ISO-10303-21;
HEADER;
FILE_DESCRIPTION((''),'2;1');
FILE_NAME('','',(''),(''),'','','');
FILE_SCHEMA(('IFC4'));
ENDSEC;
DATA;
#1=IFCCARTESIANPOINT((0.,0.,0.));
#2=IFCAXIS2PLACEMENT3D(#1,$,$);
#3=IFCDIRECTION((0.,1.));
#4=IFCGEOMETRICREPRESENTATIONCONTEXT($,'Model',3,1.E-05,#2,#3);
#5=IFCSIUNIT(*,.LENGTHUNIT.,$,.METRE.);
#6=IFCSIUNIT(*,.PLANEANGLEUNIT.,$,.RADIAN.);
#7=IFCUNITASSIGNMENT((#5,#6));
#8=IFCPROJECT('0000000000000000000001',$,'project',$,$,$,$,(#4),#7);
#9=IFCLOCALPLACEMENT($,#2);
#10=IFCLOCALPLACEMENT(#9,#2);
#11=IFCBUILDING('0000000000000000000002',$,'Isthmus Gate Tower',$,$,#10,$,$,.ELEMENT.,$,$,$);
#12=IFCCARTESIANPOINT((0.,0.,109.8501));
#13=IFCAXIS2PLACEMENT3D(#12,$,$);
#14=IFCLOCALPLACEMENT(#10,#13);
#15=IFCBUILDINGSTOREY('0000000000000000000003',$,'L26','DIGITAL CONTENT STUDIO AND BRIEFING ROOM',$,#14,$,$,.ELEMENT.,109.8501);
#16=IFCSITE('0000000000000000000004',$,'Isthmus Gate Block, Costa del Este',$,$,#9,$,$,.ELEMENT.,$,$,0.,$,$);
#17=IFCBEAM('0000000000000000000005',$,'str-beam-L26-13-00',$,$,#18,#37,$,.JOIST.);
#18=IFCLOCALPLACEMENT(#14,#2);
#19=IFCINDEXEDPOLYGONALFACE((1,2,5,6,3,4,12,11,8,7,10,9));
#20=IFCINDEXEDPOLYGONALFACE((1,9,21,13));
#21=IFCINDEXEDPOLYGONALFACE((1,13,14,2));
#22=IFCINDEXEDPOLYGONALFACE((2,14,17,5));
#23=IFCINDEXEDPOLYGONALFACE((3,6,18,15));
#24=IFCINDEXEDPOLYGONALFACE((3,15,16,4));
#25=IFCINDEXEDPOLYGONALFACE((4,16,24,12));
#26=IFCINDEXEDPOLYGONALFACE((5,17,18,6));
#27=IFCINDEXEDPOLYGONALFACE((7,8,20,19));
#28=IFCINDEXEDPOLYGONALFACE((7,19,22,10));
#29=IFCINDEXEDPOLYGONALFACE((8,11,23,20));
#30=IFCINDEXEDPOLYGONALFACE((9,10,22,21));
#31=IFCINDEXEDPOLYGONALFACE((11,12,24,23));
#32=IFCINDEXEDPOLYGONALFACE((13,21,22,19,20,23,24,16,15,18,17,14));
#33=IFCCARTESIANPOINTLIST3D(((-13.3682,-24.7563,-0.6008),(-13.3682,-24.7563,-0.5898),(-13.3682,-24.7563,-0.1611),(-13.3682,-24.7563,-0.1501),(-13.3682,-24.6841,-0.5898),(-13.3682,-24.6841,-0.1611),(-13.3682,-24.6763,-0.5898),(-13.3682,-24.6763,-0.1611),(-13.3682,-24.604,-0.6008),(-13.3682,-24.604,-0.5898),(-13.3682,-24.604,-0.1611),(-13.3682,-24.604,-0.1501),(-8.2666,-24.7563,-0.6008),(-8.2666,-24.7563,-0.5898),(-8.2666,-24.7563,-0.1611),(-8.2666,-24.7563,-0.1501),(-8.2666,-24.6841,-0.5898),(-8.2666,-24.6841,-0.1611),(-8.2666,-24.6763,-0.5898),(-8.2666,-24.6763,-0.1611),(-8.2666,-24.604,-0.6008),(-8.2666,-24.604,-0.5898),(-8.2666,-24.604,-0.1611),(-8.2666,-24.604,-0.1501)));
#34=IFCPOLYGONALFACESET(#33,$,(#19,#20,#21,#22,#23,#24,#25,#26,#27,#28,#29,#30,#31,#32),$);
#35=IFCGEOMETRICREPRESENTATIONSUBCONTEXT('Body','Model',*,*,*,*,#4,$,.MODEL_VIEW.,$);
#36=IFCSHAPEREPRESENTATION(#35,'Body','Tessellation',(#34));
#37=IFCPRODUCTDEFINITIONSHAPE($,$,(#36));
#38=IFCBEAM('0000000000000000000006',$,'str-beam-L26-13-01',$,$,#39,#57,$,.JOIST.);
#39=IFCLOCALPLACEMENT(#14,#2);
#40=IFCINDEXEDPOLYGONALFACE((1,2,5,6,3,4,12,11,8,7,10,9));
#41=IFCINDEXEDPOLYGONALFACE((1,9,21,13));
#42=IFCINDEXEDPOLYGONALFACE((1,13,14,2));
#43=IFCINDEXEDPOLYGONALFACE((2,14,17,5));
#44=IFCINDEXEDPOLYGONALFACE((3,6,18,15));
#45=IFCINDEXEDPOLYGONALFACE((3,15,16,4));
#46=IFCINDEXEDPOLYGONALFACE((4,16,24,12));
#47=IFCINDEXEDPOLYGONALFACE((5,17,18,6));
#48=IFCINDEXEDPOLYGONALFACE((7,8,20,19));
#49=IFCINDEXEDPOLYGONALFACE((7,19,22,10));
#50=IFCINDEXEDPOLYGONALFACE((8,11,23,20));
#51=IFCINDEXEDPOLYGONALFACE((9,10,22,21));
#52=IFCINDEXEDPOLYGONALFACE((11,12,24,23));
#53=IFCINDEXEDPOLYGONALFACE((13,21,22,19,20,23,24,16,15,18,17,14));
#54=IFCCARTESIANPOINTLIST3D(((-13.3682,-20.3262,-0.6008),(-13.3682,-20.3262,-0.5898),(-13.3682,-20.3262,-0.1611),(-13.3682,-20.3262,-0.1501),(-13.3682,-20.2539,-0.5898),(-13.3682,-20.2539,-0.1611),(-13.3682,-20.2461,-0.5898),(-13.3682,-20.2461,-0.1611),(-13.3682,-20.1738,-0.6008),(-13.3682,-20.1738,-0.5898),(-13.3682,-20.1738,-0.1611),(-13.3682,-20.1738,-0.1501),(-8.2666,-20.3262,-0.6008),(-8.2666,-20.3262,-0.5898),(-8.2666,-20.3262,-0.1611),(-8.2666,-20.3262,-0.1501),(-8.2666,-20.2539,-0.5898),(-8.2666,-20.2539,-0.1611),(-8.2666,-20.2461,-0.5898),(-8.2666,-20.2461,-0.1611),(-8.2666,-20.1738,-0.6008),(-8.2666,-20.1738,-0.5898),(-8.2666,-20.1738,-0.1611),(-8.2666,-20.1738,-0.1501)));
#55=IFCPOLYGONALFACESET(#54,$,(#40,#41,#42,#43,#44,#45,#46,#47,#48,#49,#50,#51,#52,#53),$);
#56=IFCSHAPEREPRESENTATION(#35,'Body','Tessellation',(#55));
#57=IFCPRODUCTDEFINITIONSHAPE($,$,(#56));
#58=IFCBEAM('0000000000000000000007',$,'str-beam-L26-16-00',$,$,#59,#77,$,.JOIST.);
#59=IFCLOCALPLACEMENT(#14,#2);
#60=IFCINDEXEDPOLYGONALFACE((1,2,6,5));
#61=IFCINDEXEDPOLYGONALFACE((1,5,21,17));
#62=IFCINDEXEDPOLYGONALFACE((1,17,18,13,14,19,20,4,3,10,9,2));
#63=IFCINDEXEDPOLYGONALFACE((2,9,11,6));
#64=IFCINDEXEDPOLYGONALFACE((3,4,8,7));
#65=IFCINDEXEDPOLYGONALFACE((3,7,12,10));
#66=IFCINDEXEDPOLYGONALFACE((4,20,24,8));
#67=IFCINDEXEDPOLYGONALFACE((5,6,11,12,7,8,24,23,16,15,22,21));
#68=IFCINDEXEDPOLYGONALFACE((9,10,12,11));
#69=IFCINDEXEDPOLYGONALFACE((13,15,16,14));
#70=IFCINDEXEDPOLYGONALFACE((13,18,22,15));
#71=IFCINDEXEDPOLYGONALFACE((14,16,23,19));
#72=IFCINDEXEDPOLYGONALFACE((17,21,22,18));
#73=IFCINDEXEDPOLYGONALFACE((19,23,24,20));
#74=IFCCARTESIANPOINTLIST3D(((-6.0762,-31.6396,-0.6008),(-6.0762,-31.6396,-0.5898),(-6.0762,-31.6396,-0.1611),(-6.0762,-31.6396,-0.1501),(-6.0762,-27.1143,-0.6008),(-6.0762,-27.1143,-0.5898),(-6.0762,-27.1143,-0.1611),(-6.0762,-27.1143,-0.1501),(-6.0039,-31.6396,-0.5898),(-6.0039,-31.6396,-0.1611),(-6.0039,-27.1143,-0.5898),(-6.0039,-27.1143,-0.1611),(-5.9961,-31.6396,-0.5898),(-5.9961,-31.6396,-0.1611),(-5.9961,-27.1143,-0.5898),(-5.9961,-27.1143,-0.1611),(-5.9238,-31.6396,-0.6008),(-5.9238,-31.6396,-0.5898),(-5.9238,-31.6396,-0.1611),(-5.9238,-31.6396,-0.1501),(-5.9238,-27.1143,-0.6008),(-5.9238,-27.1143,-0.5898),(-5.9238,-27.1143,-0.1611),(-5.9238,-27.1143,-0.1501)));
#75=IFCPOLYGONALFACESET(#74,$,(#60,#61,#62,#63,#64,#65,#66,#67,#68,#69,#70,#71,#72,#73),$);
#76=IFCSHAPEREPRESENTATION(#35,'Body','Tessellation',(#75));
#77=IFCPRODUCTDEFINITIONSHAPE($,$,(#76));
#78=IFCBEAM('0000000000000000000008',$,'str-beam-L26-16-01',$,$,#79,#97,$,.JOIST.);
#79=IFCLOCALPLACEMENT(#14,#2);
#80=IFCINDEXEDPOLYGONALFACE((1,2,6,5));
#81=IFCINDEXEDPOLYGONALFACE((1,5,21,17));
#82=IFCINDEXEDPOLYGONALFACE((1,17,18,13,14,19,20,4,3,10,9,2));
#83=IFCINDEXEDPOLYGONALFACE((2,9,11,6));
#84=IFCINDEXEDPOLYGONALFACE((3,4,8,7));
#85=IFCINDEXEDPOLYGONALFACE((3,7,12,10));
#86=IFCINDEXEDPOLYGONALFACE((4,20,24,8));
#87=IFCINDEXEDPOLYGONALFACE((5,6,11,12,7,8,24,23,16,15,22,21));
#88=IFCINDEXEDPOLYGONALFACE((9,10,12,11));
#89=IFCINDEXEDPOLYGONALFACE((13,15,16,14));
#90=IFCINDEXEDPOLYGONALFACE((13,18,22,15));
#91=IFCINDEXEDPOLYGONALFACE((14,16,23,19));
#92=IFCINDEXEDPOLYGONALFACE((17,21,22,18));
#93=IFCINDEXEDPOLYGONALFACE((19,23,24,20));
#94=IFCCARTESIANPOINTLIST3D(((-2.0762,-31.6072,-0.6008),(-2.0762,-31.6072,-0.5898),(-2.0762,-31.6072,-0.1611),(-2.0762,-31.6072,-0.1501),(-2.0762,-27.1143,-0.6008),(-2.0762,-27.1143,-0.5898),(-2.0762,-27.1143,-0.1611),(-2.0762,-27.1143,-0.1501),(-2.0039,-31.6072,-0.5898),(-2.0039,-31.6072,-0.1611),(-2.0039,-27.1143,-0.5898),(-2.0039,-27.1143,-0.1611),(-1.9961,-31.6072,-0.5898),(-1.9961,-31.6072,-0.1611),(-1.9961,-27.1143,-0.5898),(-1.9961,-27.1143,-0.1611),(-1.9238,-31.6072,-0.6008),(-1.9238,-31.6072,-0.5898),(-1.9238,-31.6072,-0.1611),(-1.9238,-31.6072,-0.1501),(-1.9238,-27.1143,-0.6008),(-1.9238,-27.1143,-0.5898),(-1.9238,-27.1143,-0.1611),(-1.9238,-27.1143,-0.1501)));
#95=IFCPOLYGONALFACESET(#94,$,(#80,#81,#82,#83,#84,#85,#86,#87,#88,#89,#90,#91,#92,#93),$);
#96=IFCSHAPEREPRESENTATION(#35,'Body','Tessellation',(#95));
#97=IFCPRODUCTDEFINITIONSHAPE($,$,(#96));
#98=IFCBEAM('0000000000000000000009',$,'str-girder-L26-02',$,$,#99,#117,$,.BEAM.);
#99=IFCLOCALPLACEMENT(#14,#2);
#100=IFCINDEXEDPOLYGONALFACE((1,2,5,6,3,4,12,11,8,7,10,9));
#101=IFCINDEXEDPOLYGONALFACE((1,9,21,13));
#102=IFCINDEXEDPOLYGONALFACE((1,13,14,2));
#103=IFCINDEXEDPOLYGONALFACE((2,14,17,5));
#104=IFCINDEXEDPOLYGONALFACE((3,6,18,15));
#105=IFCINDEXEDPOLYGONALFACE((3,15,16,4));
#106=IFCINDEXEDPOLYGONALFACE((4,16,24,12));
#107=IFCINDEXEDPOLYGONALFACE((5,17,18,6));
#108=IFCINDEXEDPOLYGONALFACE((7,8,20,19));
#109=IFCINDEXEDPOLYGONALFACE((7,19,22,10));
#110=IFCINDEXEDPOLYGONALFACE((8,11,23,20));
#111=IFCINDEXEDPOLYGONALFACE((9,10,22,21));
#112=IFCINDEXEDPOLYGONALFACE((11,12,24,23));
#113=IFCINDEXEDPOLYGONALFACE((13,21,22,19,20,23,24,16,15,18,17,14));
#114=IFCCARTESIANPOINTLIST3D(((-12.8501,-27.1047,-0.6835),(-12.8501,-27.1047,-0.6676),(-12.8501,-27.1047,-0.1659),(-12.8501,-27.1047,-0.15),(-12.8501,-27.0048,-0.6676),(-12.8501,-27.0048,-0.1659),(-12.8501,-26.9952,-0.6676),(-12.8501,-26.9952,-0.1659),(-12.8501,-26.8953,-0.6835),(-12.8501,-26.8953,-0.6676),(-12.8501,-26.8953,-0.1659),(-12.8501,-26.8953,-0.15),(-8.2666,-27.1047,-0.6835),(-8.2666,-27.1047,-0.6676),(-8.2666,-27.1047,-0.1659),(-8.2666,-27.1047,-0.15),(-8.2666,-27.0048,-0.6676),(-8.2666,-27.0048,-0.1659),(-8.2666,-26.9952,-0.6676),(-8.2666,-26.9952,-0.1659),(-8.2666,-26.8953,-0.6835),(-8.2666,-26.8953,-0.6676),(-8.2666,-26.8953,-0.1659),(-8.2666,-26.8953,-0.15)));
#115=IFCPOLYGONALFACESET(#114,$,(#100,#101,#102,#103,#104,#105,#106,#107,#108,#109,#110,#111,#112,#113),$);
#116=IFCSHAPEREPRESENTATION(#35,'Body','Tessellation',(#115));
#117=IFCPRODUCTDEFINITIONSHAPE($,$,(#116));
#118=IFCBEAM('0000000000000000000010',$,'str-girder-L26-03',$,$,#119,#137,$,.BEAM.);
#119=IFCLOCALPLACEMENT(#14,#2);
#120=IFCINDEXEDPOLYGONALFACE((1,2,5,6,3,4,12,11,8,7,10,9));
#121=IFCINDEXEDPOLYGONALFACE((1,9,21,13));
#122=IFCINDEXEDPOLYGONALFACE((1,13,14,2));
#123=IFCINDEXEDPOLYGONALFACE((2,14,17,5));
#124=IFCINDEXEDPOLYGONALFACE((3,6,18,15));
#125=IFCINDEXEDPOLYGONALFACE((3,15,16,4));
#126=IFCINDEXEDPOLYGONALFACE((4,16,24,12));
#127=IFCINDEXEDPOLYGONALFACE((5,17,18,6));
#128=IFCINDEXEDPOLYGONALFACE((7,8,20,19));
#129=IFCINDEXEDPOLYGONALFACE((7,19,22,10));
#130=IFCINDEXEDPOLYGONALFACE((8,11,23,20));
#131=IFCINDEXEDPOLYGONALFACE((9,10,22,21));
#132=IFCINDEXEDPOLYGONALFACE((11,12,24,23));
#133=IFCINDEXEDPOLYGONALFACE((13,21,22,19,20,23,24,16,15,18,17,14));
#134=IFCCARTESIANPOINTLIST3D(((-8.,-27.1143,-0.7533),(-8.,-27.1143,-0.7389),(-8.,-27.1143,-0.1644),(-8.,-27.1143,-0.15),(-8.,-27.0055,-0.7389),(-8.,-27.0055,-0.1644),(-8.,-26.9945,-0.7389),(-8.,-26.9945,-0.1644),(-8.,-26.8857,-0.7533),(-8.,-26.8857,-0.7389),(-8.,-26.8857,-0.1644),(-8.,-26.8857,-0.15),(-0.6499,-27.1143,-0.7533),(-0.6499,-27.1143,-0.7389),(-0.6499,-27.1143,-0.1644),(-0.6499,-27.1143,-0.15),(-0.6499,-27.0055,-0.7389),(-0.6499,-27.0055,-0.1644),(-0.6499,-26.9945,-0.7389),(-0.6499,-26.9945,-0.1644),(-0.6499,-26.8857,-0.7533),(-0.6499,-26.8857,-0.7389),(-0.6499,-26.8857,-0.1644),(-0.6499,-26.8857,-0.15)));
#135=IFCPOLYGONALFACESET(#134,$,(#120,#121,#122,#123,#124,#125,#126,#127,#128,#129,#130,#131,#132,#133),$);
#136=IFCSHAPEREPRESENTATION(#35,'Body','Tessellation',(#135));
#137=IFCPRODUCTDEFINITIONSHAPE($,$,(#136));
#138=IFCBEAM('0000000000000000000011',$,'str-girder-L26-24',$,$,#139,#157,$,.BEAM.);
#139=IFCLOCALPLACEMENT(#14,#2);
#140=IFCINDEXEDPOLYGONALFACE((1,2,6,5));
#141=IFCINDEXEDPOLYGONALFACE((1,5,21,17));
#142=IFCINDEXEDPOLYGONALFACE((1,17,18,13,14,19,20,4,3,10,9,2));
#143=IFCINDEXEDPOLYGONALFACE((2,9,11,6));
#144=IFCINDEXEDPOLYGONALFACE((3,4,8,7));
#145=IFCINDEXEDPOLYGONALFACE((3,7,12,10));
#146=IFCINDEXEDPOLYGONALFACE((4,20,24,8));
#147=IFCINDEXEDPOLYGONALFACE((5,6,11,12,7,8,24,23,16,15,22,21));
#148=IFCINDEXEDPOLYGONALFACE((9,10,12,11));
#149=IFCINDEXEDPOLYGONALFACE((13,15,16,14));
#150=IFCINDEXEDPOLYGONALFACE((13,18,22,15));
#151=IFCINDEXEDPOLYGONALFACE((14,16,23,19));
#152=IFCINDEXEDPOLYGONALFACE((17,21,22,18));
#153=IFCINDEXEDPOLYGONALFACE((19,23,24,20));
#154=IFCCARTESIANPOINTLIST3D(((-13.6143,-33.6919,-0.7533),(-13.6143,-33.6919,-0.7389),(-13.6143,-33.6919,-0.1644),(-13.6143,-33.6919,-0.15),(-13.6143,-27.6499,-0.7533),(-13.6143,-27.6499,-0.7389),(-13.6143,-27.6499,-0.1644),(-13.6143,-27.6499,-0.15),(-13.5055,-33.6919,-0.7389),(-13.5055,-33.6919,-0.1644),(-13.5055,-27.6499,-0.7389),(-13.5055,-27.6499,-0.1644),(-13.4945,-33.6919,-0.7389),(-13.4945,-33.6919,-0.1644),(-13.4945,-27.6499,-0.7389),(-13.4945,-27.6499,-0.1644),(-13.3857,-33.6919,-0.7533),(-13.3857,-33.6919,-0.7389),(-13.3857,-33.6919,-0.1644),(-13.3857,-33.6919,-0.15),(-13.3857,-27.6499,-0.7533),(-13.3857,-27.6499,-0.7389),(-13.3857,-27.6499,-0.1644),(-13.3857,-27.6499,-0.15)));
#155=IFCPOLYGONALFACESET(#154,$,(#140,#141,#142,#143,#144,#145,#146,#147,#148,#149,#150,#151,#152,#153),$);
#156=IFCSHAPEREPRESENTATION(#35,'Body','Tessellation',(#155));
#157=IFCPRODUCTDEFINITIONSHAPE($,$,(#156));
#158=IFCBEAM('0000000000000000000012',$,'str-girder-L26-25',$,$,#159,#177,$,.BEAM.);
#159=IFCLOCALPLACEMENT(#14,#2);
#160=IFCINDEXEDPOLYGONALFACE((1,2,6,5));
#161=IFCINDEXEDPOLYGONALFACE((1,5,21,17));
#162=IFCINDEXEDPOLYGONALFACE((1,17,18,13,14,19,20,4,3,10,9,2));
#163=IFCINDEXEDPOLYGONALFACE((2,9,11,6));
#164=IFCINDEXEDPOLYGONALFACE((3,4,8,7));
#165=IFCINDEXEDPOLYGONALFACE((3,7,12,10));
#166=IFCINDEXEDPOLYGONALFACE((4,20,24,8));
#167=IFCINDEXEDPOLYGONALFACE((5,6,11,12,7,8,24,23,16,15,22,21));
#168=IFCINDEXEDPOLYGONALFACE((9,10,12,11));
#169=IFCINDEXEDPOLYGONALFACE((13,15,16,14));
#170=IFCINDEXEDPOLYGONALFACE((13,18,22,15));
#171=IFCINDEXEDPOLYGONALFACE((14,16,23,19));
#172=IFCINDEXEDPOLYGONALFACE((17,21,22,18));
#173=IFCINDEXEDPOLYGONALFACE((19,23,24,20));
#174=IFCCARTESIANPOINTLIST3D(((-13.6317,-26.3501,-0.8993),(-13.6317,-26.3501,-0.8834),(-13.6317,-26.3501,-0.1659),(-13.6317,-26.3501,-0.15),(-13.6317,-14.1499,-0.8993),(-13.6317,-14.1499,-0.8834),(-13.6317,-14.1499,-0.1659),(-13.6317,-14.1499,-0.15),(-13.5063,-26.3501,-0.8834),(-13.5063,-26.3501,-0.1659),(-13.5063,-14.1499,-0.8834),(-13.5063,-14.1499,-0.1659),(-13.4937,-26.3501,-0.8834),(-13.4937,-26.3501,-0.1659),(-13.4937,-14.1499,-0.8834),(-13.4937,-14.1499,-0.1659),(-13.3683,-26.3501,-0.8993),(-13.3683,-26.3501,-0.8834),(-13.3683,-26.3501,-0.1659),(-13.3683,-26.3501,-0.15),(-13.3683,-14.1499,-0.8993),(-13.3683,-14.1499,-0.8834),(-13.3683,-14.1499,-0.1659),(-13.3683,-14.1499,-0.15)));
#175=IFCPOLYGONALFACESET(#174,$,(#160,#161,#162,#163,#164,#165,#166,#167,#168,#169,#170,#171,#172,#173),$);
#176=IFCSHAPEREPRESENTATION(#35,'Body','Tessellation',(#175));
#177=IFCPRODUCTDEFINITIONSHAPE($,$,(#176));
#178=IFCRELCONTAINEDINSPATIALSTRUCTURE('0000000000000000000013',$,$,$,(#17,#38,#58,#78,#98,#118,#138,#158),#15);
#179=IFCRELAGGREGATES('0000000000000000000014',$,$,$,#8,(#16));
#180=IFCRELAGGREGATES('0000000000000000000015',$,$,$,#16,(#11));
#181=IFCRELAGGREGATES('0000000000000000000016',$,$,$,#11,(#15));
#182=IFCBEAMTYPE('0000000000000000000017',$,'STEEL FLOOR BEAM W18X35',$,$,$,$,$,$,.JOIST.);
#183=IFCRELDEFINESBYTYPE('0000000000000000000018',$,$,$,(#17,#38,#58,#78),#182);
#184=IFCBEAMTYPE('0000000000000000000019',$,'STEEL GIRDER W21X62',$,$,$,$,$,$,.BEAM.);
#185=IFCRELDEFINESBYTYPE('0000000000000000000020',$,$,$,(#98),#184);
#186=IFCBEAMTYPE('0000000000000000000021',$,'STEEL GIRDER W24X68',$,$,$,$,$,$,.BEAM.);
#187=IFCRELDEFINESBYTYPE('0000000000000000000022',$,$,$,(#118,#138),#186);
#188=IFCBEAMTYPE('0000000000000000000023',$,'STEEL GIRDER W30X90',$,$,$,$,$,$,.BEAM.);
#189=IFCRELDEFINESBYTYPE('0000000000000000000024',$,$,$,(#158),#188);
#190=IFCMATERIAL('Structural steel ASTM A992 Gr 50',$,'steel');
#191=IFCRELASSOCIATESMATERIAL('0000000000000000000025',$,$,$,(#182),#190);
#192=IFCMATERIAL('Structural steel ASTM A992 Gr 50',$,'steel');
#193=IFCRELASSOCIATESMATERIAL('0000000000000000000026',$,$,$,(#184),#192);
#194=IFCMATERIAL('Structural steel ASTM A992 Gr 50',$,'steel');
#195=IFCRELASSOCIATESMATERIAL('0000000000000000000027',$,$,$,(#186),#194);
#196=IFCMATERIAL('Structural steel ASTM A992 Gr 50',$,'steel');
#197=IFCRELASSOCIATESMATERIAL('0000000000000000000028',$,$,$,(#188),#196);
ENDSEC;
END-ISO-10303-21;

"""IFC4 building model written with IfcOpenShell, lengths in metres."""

from ifc_helpers import new_model, si_unit, direction, frame, origin, origin_2d, place, context, subcontext, project, spatial, i_section, extrude, material, material_profile, profile_set, type_object, element, save


model = new_model("IFC4")

# Units and contexts
model_context = context("Model", 3, precision=1e-05, world=origin(), true_north=direction((0.0, 1.0)))
body_context = subcontext(model_context, "Body", "Model", "MODEL_VIEW")
ifc_project = project(units=[si_unit("LENGTHUNIT", "METRE"), si_unit("PLANEANGLEUNIT", "RADIAN")], contexts=[model_context])

# Site, building, storey
site_placement = place(None, origin())
site = spatial("IfcSite", under=ifc_project, at=site_placement, Name="Isthmus Gate Block, Costa del Este", CompositionType="ELEMENT", RefElevation=0.0)
building_placement = place(site_placement, origin())
building = spatial("IfcBuilding", under=site, at=building_placement, Name="Isthmus Gate Tower", CompositionType="ELEMENT")
storey_placement = place(building_placement, frame((0.0, 0.0, 109.8501)))
storey = spatial("IfcBuildingStorey", under=building, at=storey_placement, Name="L26", Description="DIGITAL CONTENT STUDIO AND BRIEFING ROOM", CompositionType="ELEMENT", Elevation=109.8501)

# Beams
ifc_material_1 = material(Name="Structural steel ASTM A992 Gr 50", Category="steel")
ifc_material_profile_1 = material_profile(ifc_material_1, i_section(OverallWidth=0.1523, OverallDepth=0.4507, WebThickness=0.0078, FlangeThickness=0.011, at=origin_2d()), Name="W18X35")
ifc_profile_set_1 = profile_set([ifc_material_profile_1], Name="Structural steel ASTM A992 Gr 50")
beam_type_1 = type_object("IfcBeamType", Name="STEEL FLOOR BEAM W18X35", PredefinedType="JOIST", material=ifc_profile_set_1)
for number, where, z_axis, x_axis, name in (
    (1, (-13.3682, -24.6802, -0.3755), (1.0, 0.0, 0.0), (0.0, 1.0, 0.0), "str-beam-L26-13-00"),
    (2, (-13.3682, -20.25, -0.3755), (1.0, 0.0, 0.0), (0.0, 1.0, 0.0), "str-beam-L26-13-01"),
):
    element("IfcBeam", number, at=place(storey_placement, frame(where, z_axis=z_axis, x_axis=x_axis)), inside=storey, type_object=beam_type_1, Name=name, PredefinedType="JOIST", context=body_context, shape_type="SweptSolid", body=[
        extrude(i_section(OverallWidth=0.1523, OverallDepth=0.4507, WebThickness=0.0078, FlangeThickness=0.011, at=origin_2d()), origin(), (0.0, 0.0, 1.0), 5.1016),
    ])
beam_1_placement = place(storey_placement, frame((-6.0, -31.6396, -0.3755), z_axis=(0.0, 1.0, 0.0), x_axis=(-1.0, 0.0, 0.0)))
element("IfcBeam", 3, at=beam_1_placement, inside=storey, type_object=beam_type_1, Name="str-beam-L26-16-00", PredefinedType="JOIST", context=body_context, shape_type="SweptSolid", body=[
    extrude(i_section(OverallWidth=0.1523, OverallDepth=0.4507, WebThickness=0.0078, FlangeThickness=0.011, at=origin_2d()), origin(), (0.0, 0.0, 1.0), 4.5254),
])
beam_2_placement = place(storey_placement, frame((-2.0, -31.6072, -0.3755), z_axis=(0.0, 1.0, 0.0), x_axis=(-1.0, 0.0, 0.0)))
element("IfcBeam", 4, at=beam_2_placement, inside=storey, type_object=beam_type_1, Name="str-beam-L26-16-01", PredefinedType="JOIST", context=body_context, shape_type="SweptSolid", body=[
    extrude(i_section(OverallWidth=0.1523, OverallDepth=0.4507, WebThickness=0.0078, FlangeThickness=0.011, at=origin_2d()), origin(), (0.0, 0.0, 1.0), 4.4929),
])
ifc_material_2 = material(Name="Structural steel ASTM A992 Gr 50", Category="steel")
ifc_material_profile_2 = material_profile(ifc_material_2, i_section(OverallWidth=0.2095, OverallDepth=0.5334, WebThickness=0.0095, FlangeThickness=0.0159, at=origin_2d()), Name="W21X62")
ifc_profile_set_2 = profile_set([ifc_material_profile_2], Name="Structural steel ASTM A992 Gr 50")
beam_type_2 = type_object("IfcBeamType", Name="STEEL GIRDER W21X62", PredefinedType="BEAM", material=ifc_profile_set_2)
beam_3_placement = place(storey_placement, frame((-12.8501, -27.0, -0.4167), z_axis=(1.0, 0.0, 0.0), x_axis=(0.0, 1.0, 0.0)))
element("IfcBeam", 5, at=beam_3_placement, inside=storey, type_object=beam_type_2, Name="str-girder-L26-02", PredefinedType="BEAM", context=body_context, shape_type="SweptSolid", body=[
    extrude(i_section(OverallWidth=0.2095, OverallDepth=0.5334, WebThickness=0.0095, FlangeThickness=0.0159, at=origin_2d()), origin(), (0.0, 0.0, 1.0), 4.5835),
])
ifc_material_3 = material(Name="Structural steel ASTM A992 Gr 50", Category="steel")
ifc_material_profile_3 = material_profile(ifc_material_3, i_section(OverallWidth=0.2285, OverallDepth=0.6033, WebThickness=0.011, FlangeThickness=0.0144, at=origin_2d()), Name="W24X68")
ifc_profile_set_3 = profile_set([ifc_material_profile_3], Name="Structural steel ASTM A992 Gr 50")
beam_type_3 = type_object("IfcBeamType", Name="STEEL GIRDER W24X68", PredefinedType="BEAM", material=ifc_profile_set_3)
beam_4_placement = place(storey_placement, frame((-8.0, -27.0, -0.4517), z_axis=(1.0, 0.0, 0.0), x_axis=(0.0, 1.0, 0.0)))
element("IfcBeam", 6, at=beam_4_placement, inside=storey, type_object=beam_type_3, Name="str-girder-L26-03", PredefinedType="BEAM", context=body_context, shape_type="SweptSolid", body=[
    extrude(i_section(OverallWidth=0.2285, OverallDepth=0.6033, WebThickness=0.011, FlangeThickness=0.0144, at=origin_2d()), origin(), (0.0, 0.0, 1.0), 7.3501),
])
beam_5_placement = place(storey_placement, frame((-13.5, -33.6919, -0.4517), z_axis=(0.0, 1.0, 0.0), x_axis=(-1.0, 0.0, 0.0)))
element("IfcBeam", 7, at=beam_5_placement, inside=storey, type_object=beam_type_3, Name="str-girder-L26-24", PredefinedType="BEAM", context=body_context, shape_type="SweptSolid", body=[
    extrude(i_section(OverallWidth=0.2285, OverallDepth=0.6033, WebThickness=0.011, FlangeThickness=0.0144, at=origin_2d()), origin(), (0.0, 0.0, 1.0), 6.042),
])
ifc_material_4 = material(Name="Structural steel ASTM A992 Gr 50", Category="steel")
ifc_material_profile_4 = material_profile(ifc_material_4, i_section(OverallWidth=0.2634, OverallDepth=0.7493, WebThickness=0.0127, FlangeThickness=0.0159, at=origin_2d()), Name="W30X90")
ifc_profile_set_4 = profile_set([ifc_material_profile_4], Name="Structural steel ASTM A992 Gr 50")
beam_type_4 = type_object("IfcBeamType", Name="STEEL GIRDER W30X90", PredefinedType="BEAM", material=ifc_profile_set_4)
beam_6_placement = place(storey_placement, frame((-13.5, -26.3501, -0.5247), z_axis=(0.0, 1.0, 0.0), x_axis=(-1.0, 0.0, 0.0)))
element("IfcBeam", 8, at=beam_6_placement, inside=storey, type_object=beam_type_4, Name="str-girder-L26-25", PredefinedType="BEAM", context=body_context, shape_type="SweptSolid", body=[
    extrude(i_section(OverallWidth=0.2634, OverallDepth=0.7493, WebThickness=0.0127, FlangeThickness=0.0159, at=origin_2d()), origin(), (0.0, 0.0, 1.0), 12.2002),
])

save(model, "model.ifc")
